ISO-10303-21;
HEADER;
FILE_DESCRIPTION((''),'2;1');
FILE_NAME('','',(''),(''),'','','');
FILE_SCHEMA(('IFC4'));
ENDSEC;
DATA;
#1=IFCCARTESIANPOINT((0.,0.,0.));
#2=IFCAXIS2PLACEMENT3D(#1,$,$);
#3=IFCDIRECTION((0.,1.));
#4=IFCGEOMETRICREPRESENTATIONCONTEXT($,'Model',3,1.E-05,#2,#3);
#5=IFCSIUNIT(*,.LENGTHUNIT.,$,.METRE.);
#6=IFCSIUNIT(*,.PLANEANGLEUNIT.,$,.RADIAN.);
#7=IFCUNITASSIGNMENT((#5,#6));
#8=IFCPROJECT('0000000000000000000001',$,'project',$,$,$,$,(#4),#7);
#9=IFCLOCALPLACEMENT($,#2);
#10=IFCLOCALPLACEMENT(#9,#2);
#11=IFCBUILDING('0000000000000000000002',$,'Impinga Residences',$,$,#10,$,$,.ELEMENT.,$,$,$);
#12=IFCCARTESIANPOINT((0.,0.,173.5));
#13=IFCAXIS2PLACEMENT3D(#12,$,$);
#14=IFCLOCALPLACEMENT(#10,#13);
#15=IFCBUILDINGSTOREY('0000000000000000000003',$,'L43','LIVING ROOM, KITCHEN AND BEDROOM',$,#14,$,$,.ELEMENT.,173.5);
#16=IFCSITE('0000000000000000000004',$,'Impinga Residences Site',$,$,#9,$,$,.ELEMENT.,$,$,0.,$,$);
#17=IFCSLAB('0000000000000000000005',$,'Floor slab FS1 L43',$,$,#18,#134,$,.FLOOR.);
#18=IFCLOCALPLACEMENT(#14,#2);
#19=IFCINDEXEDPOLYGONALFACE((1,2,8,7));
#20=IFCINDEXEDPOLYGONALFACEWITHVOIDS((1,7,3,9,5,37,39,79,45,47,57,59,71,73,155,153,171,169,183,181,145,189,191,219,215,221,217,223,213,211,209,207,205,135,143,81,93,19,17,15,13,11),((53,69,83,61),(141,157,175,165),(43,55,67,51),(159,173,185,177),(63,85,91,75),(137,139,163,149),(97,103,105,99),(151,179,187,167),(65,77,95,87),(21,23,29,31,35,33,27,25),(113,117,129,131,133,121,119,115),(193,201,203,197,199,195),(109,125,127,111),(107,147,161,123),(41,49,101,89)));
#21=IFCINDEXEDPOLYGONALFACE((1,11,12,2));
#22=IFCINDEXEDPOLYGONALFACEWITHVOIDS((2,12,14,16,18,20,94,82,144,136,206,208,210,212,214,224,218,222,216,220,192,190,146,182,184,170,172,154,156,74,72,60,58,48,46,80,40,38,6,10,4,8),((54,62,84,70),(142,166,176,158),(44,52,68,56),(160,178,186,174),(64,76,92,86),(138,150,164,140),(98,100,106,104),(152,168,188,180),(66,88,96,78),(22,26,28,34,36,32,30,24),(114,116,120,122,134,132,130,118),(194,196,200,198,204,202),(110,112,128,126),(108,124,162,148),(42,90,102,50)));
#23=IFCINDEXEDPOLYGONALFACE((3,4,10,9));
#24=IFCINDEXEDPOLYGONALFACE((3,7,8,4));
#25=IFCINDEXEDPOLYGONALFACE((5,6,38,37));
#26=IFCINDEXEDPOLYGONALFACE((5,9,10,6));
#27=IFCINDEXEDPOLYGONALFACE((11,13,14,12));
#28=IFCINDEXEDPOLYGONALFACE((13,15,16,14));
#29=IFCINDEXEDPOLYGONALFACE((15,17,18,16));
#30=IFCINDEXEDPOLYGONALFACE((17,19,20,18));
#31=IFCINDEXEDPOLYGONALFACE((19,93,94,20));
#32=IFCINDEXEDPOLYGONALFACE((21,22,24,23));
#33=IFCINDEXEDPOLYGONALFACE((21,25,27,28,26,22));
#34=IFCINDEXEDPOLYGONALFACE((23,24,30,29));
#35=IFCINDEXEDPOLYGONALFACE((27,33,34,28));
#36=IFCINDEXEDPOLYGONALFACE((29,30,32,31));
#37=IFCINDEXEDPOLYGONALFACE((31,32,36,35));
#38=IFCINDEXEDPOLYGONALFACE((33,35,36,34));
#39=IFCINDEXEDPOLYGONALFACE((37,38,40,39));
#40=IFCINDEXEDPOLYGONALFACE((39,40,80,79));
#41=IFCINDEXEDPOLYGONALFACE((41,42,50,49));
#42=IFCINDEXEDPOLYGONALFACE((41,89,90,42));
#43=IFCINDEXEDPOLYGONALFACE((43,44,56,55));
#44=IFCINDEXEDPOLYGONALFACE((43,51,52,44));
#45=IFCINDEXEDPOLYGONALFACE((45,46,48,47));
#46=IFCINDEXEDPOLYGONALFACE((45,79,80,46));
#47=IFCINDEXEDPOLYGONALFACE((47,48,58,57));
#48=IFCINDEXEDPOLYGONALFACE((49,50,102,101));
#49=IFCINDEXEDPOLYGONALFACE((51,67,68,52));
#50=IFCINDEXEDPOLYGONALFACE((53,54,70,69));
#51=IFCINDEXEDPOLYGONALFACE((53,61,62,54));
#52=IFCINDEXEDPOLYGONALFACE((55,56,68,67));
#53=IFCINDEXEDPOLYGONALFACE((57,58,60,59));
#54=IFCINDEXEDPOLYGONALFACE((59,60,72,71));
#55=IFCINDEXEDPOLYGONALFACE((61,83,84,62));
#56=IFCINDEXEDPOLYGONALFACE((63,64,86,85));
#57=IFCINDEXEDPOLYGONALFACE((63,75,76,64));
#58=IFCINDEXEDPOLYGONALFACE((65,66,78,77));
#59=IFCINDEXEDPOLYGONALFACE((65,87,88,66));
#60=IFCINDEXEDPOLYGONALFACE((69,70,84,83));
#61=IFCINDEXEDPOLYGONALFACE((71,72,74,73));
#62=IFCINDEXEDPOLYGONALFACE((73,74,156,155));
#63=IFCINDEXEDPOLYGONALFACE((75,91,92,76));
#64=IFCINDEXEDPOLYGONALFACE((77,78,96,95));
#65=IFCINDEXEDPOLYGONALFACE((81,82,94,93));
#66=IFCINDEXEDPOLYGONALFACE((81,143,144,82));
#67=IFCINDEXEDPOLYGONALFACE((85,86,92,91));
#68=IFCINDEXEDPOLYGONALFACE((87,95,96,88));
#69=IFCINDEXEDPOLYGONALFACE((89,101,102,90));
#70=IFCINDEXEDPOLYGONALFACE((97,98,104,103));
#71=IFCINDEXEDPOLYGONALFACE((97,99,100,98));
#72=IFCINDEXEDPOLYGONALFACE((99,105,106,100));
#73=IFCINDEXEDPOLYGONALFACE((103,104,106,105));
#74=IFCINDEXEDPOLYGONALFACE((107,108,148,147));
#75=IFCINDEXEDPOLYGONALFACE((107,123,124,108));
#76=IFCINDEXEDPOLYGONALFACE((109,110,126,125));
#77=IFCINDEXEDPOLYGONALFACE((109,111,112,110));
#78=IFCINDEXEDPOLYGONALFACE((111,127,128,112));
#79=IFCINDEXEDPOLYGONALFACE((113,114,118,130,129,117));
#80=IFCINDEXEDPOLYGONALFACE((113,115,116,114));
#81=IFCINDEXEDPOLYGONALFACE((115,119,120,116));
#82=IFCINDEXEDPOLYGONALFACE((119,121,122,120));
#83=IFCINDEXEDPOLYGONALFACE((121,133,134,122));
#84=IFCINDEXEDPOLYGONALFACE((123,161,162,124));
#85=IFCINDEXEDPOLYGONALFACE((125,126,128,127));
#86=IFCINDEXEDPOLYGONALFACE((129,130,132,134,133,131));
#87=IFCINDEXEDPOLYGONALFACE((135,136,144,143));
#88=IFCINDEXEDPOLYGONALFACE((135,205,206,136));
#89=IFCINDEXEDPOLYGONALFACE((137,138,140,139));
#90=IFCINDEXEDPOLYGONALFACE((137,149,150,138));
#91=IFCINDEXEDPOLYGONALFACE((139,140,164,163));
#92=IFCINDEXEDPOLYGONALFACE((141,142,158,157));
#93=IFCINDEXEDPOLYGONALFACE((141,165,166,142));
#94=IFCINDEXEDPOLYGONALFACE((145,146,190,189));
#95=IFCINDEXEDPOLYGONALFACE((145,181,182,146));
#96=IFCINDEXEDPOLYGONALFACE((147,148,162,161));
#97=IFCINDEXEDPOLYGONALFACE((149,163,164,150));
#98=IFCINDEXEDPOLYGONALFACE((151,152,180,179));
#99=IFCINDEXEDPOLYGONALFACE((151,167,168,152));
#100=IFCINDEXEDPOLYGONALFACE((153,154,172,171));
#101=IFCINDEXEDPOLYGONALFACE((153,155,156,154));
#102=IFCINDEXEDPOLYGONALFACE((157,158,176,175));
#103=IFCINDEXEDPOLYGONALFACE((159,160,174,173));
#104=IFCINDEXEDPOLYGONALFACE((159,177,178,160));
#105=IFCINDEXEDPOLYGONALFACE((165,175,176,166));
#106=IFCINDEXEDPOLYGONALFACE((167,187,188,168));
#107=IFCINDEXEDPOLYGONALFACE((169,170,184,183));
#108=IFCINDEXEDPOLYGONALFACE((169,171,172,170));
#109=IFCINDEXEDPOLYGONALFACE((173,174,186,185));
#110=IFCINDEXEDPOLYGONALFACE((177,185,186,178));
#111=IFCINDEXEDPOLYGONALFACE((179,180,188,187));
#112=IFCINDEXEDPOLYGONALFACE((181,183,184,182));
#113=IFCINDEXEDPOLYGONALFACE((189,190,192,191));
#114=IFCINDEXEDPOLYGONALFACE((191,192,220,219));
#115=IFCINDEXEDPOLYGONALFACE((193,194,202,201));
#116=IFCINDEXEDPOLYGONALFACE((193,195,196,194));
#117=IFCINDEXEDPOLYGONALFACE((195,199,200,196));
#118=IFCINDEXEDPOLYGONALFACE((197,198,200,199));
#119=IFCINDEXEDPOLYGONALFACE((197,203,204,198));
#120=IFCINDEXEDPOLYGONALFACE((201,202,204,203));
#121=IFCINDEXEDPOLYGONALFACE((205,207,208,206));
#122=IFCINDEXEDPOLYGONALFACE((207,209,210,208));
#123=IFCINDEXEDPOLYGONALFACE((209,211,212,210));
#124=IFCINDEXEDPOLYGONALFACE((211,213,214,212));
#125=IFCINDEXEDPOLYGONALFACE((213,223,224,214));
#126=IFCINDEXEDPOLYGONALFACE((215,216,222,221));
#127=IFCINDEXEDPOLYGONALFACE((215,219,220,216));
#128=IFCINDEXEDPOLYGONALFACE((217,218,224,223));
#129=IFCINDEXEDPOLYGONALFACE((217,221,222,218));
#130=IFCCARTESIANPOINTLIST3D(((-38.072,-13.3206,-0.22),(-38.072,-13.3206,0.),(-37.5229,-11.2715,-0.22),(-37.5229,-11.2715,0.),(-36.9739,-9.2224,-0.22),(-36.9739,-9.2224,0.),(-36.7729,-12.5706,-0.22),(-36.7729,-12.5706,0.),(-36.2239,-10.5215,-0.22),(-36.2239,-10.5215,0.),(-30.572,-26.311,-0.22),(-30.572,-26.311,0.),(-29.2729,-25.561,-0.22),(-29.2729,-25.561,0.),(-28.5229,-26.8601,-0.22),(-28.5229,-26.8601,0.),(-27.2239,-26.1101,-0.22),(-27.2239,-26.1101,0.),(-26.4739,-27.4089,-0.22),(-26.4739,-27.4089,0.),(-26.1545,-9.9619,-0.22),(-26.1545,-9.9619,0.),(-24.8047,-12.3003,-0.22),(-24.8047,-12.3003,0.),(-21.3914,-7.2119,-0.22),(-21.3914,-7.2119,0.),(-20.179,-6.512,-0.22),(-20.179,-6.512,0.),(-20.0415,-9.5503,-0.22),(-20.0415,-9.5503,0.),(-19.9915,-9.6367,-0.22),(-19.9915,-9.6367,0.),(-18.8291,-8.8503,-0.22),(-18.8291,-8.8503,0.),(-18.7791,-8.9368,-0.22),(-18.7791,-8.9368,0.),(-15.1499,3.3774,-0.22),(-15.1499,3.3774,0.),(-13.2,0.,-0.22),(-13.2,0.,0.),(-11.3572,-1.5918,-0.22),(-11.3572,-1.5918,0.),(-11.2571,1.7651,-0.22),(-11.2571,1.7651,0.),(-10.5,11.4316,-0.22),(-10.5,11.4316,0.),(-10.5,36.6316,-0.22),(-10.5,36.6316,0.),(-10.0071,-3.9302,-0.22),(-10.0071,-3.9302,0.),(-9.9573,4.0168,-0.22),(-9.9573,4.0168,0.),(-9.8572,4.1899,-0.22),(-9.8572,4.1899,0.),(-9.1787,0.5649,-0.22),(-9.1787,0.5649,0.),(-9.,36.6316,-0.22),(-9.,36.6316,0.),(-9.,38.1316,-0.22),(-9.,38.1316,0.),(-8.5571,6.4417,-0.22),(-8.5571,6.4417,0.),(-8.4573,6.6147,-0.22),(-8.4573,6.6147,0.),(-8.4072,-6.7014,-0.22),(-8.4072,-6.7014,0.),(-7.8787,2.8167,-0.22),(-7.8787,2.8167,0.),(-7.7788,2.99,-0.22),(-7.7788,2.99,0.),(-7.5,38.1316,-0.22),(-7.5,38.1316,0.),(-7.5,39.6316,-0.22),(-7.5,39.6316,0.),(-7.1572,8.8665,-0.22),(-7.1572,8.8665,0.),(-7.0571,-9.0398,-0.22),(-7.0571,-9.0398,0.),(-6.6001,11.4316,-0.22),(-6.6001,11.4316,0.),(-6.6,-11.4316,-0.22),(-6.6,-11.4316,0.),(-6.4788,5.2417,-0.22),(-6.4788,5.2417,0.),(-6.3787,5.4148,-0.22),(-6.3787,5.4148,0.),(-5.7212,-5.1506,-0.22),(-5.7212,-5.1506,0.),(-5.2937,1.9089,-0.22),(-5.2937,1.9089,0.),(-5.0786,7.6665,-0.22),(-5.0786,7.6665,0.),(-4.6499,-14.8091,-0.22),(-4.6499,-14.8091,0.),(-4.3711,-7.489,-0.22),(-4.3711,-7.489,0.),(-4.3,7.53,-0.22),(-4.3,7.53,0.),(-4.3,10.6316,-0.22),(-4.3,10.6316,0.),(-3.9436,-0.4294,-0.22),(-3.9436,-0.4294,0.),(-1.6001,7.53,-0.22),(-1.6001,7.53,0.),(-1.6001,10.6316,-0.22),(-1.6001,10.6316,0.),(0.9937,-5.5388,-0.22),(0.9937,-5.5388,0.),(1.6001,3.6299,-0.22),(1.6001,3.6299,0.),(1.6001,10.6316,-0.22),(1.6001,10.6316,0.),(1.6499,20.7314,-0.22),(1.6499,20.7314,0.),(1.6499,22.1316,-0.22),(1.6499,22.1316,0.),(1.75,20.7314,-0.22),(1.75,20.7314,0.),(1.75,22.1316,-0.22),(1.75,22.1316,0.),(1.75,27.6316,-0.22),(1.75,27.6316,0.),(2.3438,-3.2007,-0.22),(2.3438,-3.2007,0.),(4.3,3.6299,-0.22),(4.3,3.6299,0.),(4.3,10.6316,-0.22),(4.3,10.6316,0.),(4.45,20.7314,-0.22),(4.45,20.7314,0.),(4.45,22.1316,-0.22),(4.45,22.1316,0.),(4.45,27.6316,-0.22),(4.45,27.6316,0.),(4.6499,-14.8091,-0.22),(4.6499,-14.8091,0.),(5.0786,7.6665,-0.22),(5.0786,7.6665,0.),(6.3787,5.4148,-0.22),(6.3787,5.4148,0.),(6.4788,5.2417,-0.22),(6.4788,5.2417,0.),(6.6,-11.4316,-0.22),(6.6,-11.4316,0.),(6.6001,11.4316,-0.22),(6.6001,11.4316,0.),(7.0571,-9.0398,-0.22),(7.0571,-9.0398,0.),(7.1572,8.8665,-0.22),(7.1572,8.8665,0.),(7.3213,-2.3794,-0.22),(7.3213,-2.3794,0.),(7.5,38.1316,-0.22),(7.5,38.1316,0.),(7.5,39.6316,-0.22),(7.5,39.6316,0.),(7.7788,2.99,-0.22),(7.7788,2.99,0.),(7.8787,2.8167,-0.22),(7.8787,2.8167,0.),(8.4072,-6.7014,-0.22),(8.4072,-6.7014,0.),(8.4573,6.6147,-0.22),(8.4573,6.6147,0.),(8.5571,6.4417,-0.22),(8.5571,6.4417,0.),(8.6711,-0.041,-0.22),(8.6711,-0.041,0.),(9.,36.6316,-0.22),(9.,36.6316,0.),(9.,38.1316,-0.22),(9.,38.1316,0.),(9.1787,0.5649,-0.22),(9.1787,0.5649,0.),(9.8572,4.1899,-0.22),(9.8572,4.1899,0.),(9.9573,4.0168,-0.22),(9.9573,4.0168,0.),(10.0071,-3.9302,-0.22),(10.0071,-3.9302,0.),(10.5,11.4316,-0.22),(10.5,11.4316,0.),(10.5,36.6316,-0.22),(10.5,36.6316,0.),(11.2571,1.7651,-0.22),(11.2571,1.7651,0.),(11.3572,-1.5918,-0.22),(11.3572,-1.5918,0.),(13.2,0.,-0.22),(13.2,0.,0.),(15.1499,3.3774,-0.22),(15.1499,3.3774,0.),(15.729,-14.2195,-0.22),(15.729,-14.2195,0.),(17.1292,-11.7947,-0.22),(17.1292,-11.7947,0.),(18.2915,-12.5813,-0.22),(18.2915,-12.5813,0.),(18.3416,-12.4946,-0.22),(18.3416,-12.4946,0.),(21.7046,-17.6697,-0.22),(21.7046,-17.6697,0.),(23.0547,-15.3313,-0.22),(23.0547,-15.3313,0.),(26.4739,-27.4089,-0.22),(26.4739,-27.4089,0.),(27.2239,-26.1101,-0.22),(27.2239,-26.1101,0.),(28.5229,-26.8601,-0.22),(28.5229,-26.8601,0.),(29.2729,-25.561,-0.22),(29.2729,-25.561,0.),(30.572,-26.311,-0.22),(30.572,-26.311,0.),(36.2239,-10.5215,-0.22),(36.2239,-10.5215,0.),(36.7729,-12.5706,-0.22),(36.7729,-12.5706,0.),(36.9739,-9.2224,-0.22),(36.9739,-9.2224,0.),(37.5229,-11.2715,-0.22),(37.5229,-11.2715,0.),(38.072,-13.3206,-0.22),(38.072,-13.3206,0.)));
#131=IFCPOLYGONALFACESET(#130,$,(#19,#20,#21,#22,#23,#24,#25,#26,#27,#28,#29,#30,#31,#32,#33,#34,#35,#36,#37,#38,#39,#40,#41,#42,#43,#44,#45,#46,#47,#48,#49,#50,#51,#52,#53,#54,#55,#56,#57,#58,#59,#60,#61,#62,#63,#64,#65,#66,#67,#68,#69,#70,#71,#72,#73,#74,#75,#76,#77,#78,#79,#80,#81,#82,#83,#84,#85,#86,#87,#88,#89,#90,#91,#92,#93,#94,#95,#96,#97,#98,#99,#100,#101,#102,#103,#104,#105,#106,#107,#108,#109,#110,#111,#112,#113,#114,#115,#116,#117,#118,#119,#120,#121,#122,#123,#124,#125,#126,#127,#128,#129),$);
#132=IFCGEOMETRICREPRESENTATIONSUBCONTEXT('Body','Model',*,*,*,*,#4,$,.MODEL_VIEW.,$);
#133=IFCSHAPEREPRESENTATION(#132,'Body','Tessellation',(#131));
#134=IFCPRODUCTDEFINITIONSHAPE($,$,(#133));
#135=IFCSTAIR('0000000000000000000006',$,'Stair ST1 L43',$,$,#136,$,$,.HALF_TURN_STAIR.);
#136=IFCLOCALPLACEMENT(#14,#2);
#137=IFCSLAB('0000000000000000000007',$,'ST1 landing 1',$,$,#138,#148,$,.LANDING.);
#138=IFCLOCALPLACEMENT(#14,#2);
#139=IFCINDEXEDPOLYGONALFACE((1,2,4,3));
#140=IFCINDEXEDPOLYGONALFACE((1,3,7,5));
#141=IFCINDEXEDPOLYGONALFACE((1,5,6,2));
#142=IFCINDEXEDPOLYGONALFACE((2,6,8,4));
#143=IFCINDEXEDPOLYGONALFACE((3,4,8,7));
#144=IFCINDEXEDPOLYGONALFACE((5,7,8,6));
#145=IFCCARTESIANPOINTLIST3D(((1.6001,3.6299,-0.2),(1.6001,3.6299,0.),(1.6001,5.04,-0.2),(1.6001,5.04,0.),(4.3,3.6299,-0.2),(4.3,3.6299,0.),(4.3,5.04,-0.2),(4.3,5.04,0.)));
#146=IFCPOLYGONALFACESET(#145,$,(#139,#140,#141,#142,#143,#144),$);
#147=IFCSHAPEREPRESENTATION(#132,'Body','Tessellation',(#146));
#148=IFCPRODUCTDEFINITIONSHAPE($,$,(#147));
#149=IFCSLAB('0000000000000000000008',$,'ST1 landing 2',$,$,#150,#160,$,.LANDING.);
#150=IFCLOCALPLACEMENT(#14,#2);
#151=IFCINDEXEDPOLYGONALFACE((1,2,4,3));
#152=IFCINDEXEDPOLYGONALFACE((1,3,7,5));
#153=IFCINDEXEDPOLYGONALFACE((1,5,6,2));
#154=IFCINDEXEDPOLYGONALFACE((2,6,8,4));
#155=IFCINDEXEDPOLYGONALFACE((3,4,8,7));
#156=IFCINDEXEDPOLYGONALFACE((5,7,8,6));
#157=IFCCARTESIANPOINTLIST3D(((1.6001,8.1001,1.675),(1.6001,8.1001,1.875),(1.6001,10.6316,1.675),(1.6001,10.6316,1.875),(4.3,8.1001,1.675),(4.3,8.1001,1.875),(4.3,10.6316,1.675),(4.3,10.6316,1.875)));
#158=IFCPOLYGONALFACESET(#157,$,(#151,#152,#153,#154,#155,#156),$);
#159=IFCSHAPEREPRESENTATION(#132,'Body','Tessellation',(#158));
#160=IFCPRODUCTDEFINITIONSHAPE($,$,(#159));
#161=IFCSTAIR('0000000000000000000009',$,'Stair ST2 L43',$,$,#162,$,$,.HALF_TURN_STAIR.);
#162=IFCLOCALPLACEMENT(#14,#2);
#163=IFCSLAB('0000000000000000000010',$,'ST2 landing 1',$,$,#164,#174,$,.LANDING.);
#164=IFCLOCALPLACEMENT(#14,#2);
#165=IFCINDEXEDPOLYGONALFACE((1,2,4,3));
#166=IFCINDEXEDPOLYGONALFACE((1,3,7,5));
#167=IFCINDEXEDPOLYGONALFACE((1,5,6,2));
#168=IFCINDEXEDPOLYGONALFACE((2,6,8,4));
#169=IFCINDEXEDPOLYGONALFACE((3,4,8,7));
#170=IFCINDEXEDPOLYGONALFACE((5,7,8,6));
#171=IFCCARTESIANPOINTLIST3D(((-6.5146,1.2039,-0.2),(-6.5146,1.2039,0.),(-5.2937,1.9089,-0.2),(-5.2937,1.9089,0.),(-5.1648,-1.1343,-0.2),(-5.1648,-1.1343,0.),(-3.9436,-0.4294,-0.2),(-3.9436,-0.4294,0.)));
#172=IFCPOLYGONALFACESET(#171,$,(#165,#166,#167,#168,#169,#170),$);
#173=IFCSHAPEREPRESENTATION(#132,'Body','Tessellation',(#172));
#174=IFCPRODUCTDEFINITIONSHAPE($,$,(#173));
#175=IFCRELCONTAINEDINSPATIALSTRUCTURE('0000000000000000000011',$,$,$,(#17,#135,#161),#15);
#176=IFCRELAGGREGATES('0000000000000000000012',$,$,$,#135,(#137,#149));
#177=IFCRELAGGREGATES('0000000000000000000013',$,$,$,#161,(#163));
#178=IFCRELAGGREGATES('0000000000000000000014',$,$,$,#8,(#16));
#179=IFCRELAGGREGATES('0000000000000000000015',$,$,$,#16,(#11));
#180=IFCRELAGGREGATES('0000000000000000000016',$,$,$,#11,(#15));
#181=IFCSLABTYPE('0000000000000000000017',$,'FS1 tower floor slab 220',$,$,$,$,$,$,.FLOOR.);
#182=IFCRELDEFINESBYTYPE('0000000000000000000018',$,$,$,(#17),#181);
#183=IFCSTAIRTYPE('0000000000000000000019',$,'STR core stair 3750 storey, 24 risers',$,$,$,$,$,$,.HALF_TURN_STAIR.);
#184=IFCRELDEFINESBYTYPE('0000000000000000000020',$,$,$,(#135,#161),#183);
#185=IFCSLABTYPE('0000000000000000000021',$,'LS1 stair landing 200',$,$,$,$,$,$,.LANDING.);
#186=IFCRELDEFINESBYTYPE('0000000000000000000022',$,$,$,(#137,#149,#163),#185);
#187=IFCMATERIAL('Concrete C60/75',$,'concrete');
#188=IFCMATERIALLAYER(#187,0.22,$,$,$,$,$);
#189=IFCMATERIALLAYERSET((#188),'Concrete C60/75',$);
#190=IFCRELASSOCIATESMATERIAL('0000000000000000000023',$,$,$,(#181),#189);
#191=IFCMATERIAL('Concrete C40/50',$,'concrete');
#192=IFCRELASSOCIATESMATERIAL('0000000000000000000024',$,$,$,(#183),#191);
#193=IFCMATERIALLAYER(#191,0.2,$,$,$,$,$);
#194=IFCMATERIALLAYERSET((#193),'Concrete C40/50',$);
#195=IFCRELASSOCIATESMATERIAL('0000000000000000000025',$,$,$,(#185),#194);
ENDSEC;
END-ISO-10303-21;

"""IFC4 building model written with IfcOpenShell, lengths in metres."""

from ifc_helpers import new_model, si_unit, direction, frame, origin, place, context, subcontext, project, spatial, polyline, outline, extrude, material, layer, layer_set, type_object, element, aggregate, save


model = new_model("IFC4")

# Units and contexts
model_context = context("Model", 3, precision=1e-05, world=origin(), true_north=direction((0.0, 1.0)))
body_context = subcontext(model_context, "Body", "Model", "MODEL_VIEW")
ifc_project = project(units=[si_unit("LENGTHUNIT", "METRE"), si_unit("PLANEANGLEUNIT", "RADIAN")], contexts=[model_context])

# Site, building, storey
site_placement = place(None, origin())
site = spatial("IfcSite", under=ifc_project, at=site_placement, Name="Impinga Residences Site", CompositionType="ELEMENT", RefElevation=0.0)
building_placement = place(site_placement, origin())
building = spatial("IfcBuilding", under=site, at=building_placement, Name="Impinga Residences", CompositionType="ELEMENT")
storey_placement = place(building_placement, frame((0.0, 0.0, 173.5)))
storey = spatial("IfcBuildingStorey", under=building, at=storey_placement, Name="L43", Description="LIVING ROOM, KITCHEN AND BEDROOM", CompositionType="ELEMENT", Elevation=173.5)

# Slab
ifc_material_1 = material(Name="Concrete C60/75", Category="concrete")
ifc_layer_1 = layer(ifc_material_1, 0.22)
ifc_layer_set_1 = layer_set([ifc_layer_1], Name="Concrete C60/75")
slab_type_1 = type_object("IfcSlabType", Name="FS1 tower floor slab 220", PredefinedType="FLOOR", material=ifc_layer_set_1)
slab_1_placement = place(storey_placement, frame((0.0, 0.0, -0.22)))
element("IfcSlab", 1, at=slab_1_placement, inside=storey, type_object=slab_type_1, Name="Floor slab FS1 L43", PredefinedType="FLOOR", context=body_context, shape_type="SweptSolid", body=[
    extrude(outline(polyline([(-27.2239, -26.1101), (-28.5229, -26.8601), (-29.2729, -25.561), (-30.572, -26.311), (-38.072, -13.3206), (-36.7729, -12.5706), (-37.5229, -11.2715), (-36.2239, -10.5215), (-36.9739, -9.2224), (-15.1499, 3.3774), (-13.2, 0.0), (-6.6001, 11.4316), (-10.5, 11.4316), (-10.5, 36.6316), (-9.0, 36.6316), (-9.0, 38.1316), (-7.5, 38.1316), (-7.5, 39.6316), (7.5, 39.6316), (7.5, 38.1316), (9.0, 38.1316), (9.0, 36.6316), (10.5, 36.6316), (10.5, 11.4316), (6.6001, 11.4316), (13.2, 0.0), (15.1499, 3.3774), (36.9739, -9.2224), (36.2239, -10.5215), (37.5229, -11.2715), (36.7729, -12.5706), (38.072, -13.3206), (30.572, -26.311), (29.2729, -25.561), (28.5229, -26.8601), (27.2239, -26.1101), (26.4739, -27.4089), (4.6499, -14.8091), (9.9001, -5.7158), (6.6001, -11.4316), (-6.6001, -11.4316), (-9.9001, -5.7158), (-4.6499, -14.8091), (-26.4739, -27.4089), (-27.2239, -26.1101)]), holes=[polyline([(-18.7791, -8.9368), (-18.8291, -8.8503), (-18.8291, -8.8503), (-20.179, -6.512), (-21.3914, -7.2119), (-21.3914, -7.2119), (-26.1545, -9.9619), (-24.8047, -12.3003), (-20.0415, -9.5503), (-19.9915, -9.6367), (-18.7791, -8.9368)]), polyline([(-4.3711, -7.489), (-5.7212, -5.1506), (-8.4072, -6.7014), (-7.0571, -9.0398), (-4.3711, -7.489)]), polyline([(-3.9436, -0.4294), (-5.2937, 1.9089), (-11.3572, -1.5918), (-10.0071, -3.9302), (-3.9436, -0.4294)]), polyline([(-7.8787, 2.8167), (-9.9573, 4.0168), (-11.2571, 1.7651), (-9.1787, 0.5649), (-7.8787, 2.8167)]), polyline([(-6.4788, 5.2417), (-8.5571, 6.4417), (-9.8572, 4.1899), (-7.7788, 2.99), (-6.4788, 5.2417)]), polyline([(4.3, 3.6299), (4.3, 10.6316), (1.6001, 10.6316), (1.6001, 3.6299), (4.3, 3.6299)]), polyline([(-6.3787, 5.4148), (-5.0786, 7.6665), (-7.1572, 8.8665), (-8.4573, 6.6147), (-6.3787, 5.4148)]), polyline([(-4.3, 7.53), (-1.6001, 7.53), (-1.6001, 10.6316), (-4.3, 10.6316), (-4.3, 7.53)]), polyline([(4.45, 20.7314), (4.45, 22.1316), (4.45, 27.6316), (1.75, 27.6316), (1.75, 22.1316), (1.6499, 22.1316), (1.6499, 20.7314), (1.75, 20.7314), (4.45, 20.7314)]), polyline([(15.729, -14.2195), (21.7046, -17.6697), (23.0547, -15.3313), (18.2915, -12.5813), (18.3416, -12.4946), (17.1292, -11.7947), (15.729, -14.2195)]), polyline([(2.3438, -3.2007), (0.9937, -5.5388), (7.0571, -9.0398), (8.4072, -6.7014), (2.3438, -3.2007)]), polyline([(7.3213, -2.3794), (10.0071, -3.9302), (11.3572, -1.5918), (8.6711, -0.041), (7.3213, -2.3794)]), polyline([(7.8787, 2.8167), (9.1787, 0.5649), (11.2571, 1.7651), (9.9573, 4.0168), (7.8787, 2.8167)]), polyline([(6.4788, 5.2417), (7.7788, 2.99), (9.8572, 4.1899), (8.5571, 6.4417), (6.4788, 5.2417)]), polyline([(6.3787, 5.4148), (8.4573, 6.6147), (7.1572, 8.8665), (5.0786, 7.6665), (6.3787, 5.4148)])]), origin(), (0.0, 0.0, 1.0), 0.22),
])

# Stairs, slabs
ifc_material_2 = material(Name="Concrete C40/50", Category="concrete")
stair_type_1 = type_object("IfcStairType", Name="STR core stair 3750 storey, 24 risers", PredefinedType="HALF_TURN_STAIR", material=ifc_material_2)
stair_1_placement = place(storey_placement, origin())
stair_1 = element("IfcStair", 2, at=stair_1_placement, inside=storey, type_object=stair_type_1, Name="Stair ST1 L43", PredefinedType="HALF_TURN_STAIR")
ifc_layer_2 = layer(ifc_material_2, 0.2)
ifc_layer_set_2 = layer_set([ifc_layer_2], Name="Concrete C40/50")
slab_type_2 = type_object("IfcSlabType", Name="LS1 stair landing 200", PredefinedType="LANDING", material=ifc_layer_set_2)
slab_2_placement = place(storey_placement, frame((0.0, 0.0, -0.2)))
slab_2 = element("IfcSlab", 3, at=slab_2_placement, type_object=slab_type_2, Name="ST1 landing 1", PredefinedType="LANDING", context=body_context, shape_type="SweptSolid", body=[
    extrude(outline(polyline([(1.6001, 3.6299), (4.3, 3.6299), (4.3, 5.04), (1.6001, 5.04), (1.6001, 3.6299)])), origin(), (0.0, 0.0, 1.0), 0.2),
])
slab_3_placement = place(storey_placement, frame((0.0, 0.0, 1.675)))
slab_3 = element("IfcSlab", 4, at=slab_3_placement, type_object=slab_type_2, Name="ST1 landing 2", PredefinedType="LANDING", context=body_context, shape_type="SweptSolid", body=[
    extrude(outline(polyline([(1.6001, 8.1001), (4.3, 8.1001), (4.3, 10.6316), (1.6001, 10.6316), (1.6001, 8.1001)])), origin(), (0.0, 0.0, 1.0), 0.2),
])
aggregate(stair_1, [slab_2, slab_3])
stair_2_placement = place(storey_placement, origin())
stair_2 = element("IfcStair", 5, at=stair_2_placement, inside=storey, type_object=stair_type_1, Name="Stair ST2 L43", PredefinedType="HALF_TURN_STAIR")
slab_4_placement = place(storey_placement, frame((0.0, 0.0, -0.2)))
slab_4 = element("IfcSlab", 6, at=slab_4_placement, type_object=slab_type_2, Name="ST2 landing 1", PredefinedType="LANDING", context=body_context, shape_type="SweptSolid", body=[
    extrude(outline(polyline([(-3.9436, -0.4294), (-5.2937, 1.9089), (-6.5146, 1.2039), (-5.1648, -1.1343), (-3.9436, -0.4294)])), origin(), (0.0, 0.0, 1.0), 0.2),
])
aggregate(stair_2, [slab_4])

save(model, "model.ifc")
